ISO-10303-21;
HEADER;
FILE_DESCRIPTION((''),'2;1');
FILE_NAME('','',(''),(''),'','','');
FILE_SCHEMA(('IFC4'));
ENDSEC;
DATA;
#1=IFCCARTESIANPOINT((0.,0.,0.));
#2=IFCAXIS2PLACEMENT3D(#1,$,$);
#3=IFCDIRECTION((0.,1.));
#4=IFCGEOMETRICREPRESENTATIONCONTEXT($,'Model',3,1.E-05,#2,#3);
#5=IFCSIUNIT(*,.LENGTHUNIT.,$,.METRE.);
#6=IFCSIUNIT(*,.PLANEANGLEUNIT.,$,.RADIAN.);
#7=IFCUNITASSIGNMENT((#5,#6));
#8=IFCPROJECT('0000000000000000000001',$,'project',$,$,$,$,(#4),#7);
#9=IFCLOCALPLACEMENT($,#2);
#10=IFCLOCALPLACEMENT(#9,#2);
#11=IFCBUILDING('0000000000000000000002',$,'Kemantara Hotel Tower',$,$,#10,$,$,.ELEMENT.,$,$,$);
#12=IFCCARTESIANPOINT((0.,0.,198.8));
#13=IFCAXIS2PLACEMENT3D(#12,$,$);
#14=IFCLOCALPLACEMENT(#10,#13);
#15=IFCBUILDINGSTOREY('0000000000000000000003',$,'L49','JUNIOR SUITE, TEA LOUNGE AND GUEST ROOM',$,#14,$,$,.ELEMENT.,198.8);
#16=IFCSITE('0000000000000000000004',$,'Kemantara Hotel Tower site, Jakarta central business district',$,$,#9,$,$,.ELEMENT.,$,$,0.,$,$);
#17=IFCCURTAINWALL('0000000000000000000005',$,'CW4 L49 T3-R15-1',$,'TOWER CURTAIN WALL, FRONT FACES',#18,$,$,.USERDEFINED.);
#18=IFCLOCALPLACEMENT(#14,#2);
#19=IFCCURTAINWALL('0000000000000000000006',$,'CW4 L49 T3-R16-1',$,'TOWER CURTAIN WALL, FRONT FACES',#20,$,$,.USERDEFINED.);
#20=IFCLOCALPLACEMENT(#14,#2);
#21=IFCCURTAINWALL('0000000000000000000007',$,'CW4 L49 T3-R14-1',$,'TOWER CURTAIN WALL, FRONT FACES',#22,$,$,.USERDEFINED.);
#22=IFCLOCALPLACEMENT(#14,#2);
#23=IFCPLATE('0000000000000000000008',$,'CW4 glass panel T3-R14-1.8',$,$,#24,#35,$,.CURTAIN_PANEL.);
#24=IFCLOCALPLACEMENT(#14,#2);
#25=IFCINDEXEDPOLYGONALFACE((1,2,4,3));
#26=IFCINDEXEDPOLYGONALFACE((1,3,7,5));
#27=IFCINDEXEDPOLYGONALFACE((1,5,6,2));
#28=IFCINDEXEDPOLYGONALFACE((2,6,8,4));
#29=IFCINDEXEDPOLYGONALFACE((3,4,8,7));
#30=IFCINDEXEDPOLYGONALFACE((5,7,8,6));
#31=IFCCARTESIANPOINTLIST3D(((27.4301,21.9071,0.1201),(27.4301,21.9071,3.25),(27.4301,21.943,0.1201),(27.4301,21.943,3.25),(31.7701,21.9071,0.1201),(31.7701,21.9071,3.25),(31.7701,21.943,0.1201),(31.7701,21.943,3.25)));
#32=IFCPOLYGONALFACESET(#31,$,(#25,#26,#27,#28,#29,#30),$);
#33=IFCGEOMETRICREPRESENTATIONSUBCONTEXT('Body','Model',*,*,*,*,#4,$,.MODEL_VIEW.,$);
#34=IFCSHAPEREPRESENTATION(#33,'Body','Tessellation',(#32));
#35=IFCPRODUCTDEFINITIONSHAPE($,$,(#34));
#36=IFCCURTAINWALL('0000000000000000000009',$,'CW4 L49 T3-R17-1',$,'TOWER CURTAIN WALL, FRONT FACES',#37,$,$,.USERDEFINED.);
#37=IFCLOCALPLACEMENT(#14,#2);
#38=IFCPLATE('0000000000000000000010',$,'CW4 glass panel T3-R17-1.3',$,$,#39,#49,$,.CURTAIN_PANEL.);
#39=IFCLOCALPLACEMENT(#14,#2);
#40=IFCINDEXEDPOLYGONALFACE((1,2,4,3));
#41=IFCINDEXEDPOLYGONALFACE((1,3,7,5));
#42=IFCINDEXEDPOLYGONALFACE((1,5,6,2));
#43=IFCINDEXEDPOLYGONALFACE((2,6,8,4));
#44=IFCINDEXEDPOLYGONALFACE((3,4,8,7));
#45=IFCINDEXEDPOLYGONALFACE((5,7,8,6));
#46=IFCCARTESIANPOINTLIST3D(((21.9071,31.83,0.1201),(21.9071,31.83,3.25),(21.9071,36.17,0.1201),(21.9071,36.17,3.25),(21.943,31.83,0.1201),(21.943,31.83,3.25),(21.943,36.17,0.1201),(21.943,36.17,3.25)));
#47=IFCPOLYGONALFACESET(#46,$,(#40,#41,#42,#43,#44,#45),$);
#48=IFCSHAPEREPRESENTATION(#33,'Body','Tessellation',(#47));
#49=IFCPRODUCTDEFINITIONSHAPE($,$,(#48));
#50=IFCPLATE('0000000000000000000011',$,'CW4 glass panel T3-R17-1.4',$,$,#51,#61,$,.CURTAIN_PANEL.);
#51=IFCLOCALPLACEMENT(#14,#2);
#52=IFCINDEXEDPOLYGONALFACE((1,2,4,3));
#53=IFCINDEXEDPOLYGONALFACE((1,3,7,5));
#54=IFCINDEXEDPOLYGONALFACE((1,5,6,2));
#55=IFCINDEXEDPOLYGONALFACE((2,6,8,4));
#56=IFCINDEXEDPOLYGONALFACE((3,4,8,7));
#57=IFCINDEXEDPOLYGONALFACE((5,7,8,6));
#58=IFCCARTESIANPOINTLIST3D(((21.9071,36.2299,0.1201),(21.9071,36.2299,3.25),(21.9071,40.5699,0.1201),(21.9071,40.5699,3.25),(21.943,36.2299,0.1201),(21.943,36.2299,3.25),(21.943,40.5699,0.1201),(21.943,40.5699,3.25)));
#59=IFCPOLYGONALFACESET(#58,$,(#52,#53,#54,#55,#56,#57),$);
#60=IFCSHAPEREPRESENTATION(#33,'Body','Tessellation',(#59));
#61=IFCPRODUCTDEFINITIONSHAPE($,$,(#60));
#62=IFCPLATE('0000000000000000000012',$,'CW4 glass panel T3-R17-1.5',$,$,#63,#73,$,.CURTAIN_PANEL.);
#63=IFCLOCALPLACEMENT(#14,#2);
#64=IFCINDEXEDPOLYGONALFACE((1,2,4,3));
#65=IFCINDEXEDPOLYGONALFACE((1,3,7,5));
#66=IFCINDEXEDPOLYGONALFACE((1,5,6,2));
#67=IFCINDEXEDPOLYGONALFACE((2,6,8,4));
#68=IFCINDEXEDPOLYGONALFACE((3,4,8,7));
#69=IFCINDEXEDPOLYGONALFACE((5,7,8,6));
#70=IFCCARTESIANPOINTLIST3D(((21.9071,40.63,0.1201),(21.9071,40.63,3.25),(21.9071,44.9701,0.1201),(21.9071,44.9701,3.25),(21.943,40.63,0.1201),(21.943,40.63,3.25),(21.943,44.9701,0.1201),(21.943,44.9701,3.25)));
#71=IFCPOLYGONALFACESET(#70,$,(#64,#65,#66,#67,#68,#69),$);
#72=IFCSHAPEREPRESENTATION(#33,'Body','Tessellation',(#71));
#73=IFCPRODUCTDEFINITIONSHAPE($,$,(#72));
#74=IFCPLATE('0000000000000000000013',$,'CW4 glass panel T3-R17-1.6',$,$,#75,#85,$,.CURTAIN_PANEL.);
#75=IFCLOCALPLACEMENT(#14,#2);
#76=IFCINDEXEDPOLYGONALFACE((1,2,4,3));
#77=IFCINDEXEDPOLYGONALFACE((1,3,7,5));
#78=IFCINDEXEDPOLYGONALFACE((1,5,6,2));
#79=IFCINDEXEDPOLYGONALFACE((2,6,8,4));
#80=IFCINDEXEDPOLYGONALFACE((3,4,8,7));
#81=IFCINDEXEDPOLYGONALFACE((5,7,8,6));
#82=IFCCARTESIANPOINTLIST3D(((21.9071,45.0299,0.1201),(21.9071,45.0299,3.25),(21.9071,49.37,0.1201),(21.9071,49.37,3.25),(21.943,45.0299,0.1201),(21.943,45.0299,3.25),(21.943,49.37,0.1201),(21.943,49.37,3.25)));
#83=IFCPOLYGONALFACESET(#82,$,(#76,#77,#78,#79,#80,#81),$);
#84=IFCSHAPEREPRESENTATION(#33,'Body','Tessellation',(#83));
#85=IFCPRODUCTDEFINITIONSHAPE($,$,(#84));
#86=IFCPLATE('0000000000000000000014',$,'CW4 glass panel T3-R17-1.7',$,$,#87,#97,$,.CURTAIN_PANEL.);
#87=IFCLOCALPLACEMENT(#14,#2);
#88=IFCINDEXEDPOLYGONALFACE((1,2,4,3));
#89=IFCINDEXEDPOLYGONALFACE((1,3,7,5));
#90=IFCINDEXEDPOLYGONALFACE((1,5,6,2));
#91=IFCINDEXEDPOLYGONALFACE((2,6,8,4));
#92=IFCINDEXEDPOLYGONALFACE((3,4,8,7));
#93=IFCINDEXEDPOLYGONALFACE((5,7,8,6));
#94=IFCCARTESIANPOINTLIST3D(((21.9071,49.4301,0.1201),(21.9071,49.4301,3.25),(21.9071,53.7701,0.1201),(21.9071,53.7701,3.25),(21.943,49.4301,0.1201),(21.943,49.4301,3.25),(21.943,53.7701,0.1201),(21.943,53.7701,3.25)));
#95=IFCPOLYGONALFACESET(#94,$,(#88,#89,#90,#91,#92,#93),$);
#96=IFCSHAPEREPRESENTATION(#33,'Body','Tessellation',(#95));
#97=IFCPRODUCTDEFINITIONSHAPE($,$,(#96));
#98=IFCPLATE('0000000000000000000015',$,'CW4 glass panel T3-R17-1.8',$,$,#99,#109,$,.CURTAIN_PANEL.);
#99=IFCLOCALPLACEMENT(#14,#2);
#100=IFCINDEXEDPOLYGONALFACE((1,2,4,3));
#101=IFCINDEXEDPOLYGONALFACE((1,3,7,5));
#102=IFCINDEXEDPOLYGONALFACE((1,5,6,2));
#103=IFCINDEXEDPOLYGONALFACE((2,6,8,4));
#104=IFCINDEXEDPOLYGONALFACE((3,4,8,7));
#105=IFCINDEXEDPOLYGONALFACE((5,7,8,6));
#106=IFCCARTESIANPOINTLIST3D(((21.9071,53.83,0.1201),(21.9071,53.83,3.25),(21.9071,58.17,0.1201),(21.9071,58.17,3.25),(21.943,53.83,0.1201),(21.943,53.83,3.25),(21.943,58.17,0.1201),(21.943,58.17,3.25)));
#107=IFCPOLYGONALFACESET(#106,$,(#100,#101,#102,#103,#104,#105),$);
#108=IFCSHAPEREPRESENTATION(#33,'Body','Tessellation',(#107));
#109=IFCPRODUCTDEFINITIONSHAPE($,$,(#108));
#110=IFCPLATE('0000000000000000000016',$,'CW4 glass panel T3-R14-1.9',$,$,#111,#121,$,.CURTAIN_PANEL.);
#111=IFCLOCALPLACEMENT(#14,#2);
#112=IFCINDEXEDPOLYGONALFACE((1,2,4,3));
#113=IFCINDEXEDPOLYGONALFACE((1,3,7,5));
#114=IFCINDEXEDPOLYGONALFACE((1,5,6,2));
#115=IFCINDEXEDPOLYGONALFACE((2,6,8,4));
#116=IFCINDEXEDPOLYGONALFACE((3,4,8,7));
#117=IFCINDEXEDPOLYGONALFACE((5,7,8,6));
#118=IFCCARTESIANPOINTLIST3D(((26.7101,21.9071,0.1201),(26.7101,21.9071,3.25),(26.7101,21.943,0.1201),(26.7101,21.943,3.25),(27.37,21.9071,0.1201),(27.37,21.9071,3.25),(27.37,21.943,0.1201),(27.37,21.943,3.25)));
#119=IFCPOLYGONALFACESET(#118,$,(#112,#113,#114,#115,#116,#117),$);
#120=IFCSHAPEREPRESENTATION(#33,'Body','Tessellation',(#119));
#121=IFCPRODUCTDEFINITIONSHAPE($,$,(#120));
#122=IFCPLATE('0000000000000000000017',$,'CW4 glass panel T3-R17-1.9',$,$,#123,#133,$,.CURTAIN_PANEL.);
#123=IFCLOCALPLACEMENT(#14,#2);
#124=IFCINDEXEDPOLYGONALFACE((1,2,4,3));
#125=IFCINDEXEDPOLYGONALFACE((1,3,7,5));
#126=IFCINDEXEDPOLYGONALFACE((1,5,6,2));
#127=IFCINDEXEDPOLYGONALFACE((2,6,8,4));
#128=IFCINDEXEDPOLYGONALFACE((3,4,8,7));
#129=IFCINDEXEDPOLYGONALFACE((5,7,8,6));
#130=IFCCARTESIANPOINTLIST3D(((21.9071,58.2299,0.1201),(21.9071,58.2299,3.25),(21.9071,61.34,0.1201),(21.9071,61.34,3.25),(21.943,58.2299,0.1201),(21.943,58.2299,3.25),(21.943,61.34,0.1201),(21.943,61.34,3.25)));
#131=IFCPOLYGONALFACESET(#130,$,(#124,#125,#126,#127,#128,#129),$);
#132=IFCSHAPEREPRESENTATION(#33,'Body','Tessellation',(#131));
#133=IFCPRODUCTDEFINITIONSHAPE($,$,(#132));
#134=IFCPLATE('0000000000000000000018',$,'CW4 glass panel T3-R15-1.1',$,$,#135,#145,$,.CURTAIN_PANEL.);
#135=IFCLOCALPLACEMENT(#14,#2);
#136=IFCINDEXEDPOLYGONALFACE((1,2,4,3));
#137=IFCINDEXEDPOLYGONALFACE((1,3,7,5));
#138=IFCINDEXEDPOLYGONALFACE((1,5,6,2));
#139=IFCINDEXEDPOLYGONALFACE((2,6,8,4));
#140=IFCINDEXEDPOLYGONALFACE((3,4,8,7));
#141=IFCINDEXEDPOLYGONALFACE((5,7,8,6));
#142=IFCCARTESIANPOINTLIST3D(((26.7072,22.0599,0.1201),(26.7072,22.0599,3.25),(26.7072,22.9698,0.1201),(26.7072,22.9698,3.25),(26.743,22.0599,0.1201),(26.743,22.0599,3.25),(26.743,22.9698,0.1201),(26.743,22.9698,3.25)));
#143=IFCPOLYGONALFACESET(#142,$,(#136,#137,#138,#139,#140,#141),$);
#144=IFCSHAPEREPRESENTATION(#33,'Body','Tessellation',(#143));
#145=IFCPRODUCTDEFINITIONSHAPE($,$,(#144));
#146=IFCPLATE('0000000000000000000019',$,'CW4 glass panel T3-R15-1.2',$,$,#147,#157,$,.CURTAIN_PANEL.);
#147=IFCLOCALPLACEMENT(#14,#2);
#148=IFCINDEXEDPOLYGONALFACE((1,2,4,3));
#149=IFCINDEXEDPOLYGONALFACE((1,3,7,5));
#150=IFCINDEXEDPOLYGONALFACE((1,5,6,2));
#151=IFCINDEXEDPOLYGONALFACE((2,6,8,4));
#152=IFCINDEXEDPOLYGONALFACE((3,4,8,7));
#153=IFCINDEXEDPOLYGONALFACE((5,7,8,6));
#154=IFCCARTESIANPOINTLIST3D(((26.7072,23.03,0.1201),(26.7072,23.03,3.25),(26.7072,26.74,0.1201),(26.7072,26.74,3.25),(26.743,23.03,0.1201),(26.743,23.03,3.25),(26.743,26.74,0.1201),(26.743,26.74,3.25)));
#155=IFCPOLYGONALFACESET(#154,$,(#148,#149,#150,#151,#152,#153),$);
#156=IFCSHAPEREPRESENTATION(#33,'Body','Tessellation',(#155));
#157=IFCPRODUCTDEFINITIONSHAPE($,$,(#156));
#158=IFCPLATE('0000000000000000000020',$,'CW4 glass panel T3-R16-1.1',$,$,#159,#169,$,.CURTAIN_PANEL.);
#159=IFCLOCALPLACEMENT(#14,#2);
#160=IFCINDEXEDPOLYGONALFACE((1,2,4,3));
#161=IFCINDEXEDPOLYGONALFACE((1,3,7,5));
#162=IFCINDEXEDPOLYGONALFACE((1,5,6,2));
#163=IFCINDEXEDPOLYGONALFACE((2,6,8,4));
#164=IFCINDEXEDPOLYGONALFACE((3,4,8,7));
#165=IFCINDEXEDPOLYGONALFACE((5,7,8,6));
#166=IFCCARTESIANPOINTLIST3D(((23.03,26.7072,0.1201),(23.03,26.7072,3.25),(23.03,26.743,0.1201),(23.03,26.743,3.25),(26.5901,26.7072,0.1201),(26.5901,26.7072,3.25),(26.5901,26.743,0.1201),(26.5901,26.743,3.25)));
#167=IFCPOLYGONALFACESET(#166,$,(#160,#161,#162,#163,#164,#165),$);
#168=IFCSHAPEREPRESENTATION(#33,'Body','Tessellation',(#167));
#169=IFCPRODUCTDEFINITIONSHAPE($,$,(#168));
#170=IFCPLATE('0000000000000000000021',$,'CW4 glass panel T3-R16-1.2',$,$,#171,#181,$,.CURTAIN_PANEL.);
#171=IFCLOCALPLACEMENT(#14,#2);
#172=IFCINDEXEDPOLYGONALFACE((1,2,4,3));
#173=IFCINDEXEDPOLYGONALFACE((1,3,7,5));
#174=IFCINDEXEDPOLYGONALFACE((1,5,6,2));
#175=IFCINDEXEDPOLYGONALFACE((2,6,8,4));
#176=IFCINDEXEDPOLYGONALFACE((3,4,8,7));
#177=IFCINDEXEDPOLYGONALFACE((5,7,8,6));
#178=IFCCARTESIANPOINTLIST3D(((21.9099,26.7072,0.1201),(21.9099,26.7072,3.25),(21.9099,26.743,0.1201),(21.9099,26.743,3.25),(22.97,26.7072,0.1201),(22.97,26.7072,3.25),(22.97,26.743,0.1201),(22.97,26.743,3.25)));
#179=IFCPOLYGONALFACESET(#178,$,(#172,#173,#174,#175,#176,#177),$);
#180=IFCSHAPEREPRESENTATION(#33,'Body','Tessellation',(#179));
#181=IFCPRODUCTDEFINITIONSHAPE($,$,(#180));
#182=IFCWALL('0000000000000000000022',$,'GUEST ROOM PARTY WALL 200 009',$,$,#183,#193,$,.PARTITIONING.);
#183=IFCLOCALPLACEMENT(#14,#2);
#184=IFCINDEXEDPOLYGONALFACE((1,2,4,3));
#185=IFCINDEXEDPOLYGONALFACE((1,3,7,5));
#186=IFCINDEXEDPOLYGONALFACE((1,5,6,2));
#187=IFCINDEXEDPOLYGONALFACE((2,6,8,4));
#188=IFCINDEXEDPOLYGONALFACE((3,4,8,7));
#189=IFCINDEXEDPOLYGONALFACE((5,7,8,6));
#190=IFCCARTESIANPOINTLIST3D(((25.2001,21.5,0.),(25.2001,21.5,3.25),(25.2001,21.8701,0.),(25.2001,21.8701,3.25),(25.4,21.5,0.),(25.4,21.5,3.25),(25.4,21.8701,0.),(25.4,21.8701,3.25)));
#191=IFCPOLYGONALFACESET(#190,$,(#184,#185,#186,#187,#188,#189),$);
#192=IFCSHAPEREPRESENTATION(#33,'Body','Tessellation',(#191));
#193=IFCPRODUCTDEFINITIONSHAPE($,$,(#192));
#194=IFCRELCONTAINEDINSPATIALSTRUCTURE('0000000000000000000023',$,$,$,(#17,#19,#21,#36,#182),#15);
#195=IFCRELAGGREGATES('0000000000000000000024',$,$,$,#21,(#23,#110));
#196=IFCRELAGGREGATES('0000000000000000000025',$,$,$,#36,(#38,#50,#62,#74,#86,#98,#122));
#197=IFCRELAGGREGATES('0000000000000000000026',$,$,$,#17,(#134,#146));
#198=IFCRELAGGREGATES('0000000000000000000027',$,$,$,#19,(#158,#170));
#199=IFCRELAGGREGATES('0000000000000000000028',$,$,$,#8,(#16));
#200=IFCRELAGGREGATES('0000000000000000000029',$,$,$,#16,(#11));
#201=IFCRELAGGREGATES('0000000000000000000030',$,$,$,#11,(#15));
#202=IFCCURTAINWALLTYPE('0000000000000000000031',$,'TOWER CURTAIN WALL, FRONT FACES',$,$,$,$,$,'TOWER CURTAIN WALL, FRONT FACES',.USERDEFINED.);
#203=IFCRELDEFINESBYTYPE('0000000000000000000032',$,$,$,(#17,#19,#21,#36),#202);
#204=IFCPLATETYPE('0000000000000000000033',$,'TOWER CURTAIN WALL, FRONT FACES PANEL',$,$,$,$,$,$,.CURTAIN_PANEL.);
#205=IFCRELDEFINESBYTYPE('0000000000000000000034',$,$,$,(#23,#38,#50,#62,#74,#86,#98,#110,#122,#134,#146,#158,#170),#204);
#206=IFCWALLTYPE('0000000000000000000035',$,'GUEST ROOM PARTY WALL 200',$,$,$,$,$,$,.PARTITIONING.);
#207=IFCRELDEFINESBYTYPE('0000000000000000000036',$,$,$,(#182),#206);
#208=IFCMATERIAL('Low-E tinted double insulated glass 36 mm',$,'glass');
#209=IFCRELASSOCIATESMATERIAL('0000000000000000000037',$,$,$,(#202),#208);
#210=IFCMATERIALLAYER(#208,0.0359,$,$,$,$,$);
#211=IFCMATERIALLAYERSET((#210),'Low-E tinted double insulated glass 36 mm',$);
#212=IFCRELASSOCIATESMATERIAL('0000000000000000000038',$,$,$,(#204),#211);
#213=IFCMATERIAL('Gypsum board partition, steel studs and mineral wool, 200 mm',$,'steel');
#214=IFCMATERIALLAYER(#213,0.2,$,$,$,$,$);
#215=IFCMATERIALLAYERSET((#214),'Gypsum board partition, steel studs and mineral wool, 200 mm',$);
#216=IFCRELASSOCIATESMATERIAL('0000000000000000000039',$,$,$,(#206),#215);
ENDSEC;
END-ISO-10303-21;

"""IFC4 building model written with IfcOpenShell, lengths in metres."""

from ifc_helpers import new_model, si_unit, direction, frame, frame_2d, origin, origin_2d, place, context, subcontext, project, spatial, rectangle, extrude, source, transform, mapped, material, layer, layer_set, type_object, element, aggregate, save


model = new_model("IFC4")

# Units and contexts
model_context = context("Model", 3, precision=1e-05, world=origin(), true_north=direction((0.0, 1.0)))
body_context = subcontext(model_context, "Body", "Model", "MODEL_VIEW")
ifc_project = project(units=[si_unit("LENGTHUNIT", "METRE"), si_unit("PLANEANGLEUNIT", "RADIAN")], contexts=[model_context])

# Site, building, storey
site_placement = place(None, origin())
site = spatial("IfcSite", under=ifc_project, at=site_placement, Name="Kemantara Hotel Tower site, Jakarta central business district", CompositionType="ELEMENT", RefElevation=0.0)
building_placement = place(site_placement, origin())
building = spatial("IfcBuilding", under=site, at=building_placement, Name="Kemantara Hotel Tower", CompositionType="ELEMENT")
storey_placement = place(building_placement, frame((0.0, 0.0, 198.8)))
storey = spatial("IfcBuildingStorey", under=building, at=storey_placement, Name="L49", Description="JUNIOR SUITE, TEA LOUNGE AND GUEST ROOM", CompositionType="ELEMENT", Elevation=198.8)

# Curtain walls
ifc_material_1 = material(Name="Low-E tinted double insulated glass 36 mm", Category="glass")
curtain_wall_type = type_object("IfcCurtainWallType", Name="TOWER CURTAIN WALL, FRONT FACES", ElementType="TOWER CURTAIN WALL, FRONT FACES", PredefinedType="USERDEFINED", material=ifc_material_1)
curtain_wall_1_placement = place(storey_placement, origin())
curtain_wall_1 = element("IfcCurtainWall", 1, at=curtain_wall_1_placement, inside=storey, type_object=curtain_wall_type, Name="CW4 L49 T3-R15-1", ObjectType="TOWER CURTAIN WALL, FRONT FACES", PredefinedType="USERDEFINED")
curtain_wall_2_placement = place(storey_placement, origin())
curtain_wall_2 = element("IfcCurtainWall", 2, at=curtain_wall_2_placement, inside=storey, type_object=curtain_wall_type, Name="CW4 L49 T3-R16-1", ObjectType="TOWER CURTAIN WALL, FRONT FACES", PredefinedType="USERDEFINED")

# Curtain wall
curtain_wall_3_placement = place(storey_placement, origin())
curtain_wall_3 = element("IfcCurtainWall", 3, at=curtain_wall_3_placement, inside=storey, type_object=curtain_wall_type, Name="CW4 L49 T3-R14-1", ObjectType="TOWER CURTAIN WALL, FRONT FACES", PredefinedType="USERDEFINED")

# Plate
ifc_layer_1 = layer(ifc_material_1, 0.0359)
ifc_layer_set_1 = layer_set([ifc_layer_1], Name="Low-E tinted double insulated glass 36 mm")
plate_type = type_object("IfcPlateType", Name="TOWER CURTAIN WALL, FRONT FACES PANEL", PredefinedType="CURTAIN_PANEL", material=ifc_layer_set_1)
shared_shape_1 = source(origin(), body_context, "Body", "SweptSolid", [
    extrude(rectangle(XDim=4.3401, YDim=0.0359, at=origin_2d()), origin(), (0.0, 0.0, 1.0), 3.1299),
])
plate_1_placement = place(storey_placement, frame((29.6001, 21.925, 0.1201), z_axis=(0.0, 0.0, 1.0), x_axis=(-1.0, 0.0, 0.0)))
plate_1 = element("IfcPlate", 4, at=plate_1_placement, type_object=plate_type, Name="CW4 glass panel T3-R14-1.8", PredefinedType="CURTAIN_PANEL", context=body_context, shape_type="MappedRepresentation", body=[
    mapped(shared_shape_1, transform((0.0, 0.0, 0.0))),
])

# Curtain wall, plates
curtain_wall_4_placement = place(storey_placement, origin())
curtain_wall_4 = element("IfcCurtainWall", 5, at=curtain_wall_4_placement, inside=storey, type_object=curtain_wall_type, Name="CW4 L49 T3-R17-1", ObjectType="TOWER CURTAIN WALL, FRONT FACES", PredefinedType="USERDEFINED")
plate_2_placement = place(storey_placement, frame((21.925, 34.0, 0.1201), z_axis=(0.0, 0.0, 1.0), x_axis=(0.0, 1.0, 0.0)))
plate_2 = element("IfcPlate", 6, at=plate_2_placement, type_object=plate_type, Name="CW4 glass panel T3-R17-1.3", PredefinedType="CURTAIN_PANEL", context=body_context, shape_type="MappedRepresentation", body=[
    mapped(shared_shape_1, transform((0.0, 0.0, 0.0))),
])
plate_3_placement = place(storey_placement, frame((21.925, 38.3999, 0.1201), z_axis=(0.0, 0.0, 1.0), x_axis=(0.0, 1.0, 0.0)))
plate_3 = element("IfcPlate", 7, at=plate_3_placement, type_object=plate_type, Name="CW4 glass panel T3-R17-1.4", PredefinedType="CURTAIN_PANEL", context=body_context, shape_type="MappedRepresentation", body=[
    mapped(shared_shape_1, transform((0.0, 0.0, 0.0))),
])
plate_4_placement = place(storey_placement, frame((21.925, 42.8, 0.1201), z_axis=(0.0, 0.0, 1.0), x_axis=(0.0, 1.0, 0.0)))
plate_4 = element("IfcPlate", 8, at=plate_4_placement, type_object=plate_type, Name="CW4 glass panel T3-R17-1.5", PredefinedType="CURTAIN_PANEL", context=body_context, shape_type="MappedRepresentation", body=[
    mapped(shared_shape_1, transform((0.0, 0.0, 0.0))),
])
plate_5_placement = place(storey_placement, frame((21.925, 47.2, 0.1201), z_axis=(0.0, 0.0, 1.0), x_axis=(0.0, 1.0, 0.0)))
plate_5 = element("IfcPlate", 9, at=plate_5_placement, type_object=plate_type, Name="CW4 glass panel T3-R17-1.6", PredefinedType="CURTAIN_PANEL", context=body_context, shape_type="MappedRepresentation", body=[
    mapped(shared_shape_1, transform((0.0, 0.0, 0.0))),
])
plate_6_placement = place(storey_placement, frame((21.925, 51.6001, 0.1201), z_axis=(0.0, 0.0, 1.0), x_axis=(0.0, 1.0, 0.0)))
plate_6 = element("IfcPlate", 10, at=plate_6_placement, type_object=plate_type, Name="CW4 glass panel T3-R17-1.7", PredefinedType="CURTAIN_PANEL", context=body_context, shape_type="MappedRepresentation", body=[
    mapped(shared_shape_1, transform((0.0, 0.0, 0.0))),
])
plate_7_placement = place(storey_placement, frame((21.925, 56.0, 0.1201), z_axis=(0.0, 0.0, 1.0), x_axis=(0.0, 1.0, 0.0)))
plate_7 = element("IfcPlate", 11, at=plate_7_placement, type_object=plate_type, Name="CW4 glass panel T3-R17-1.8", PredefinedType="CURTAIN_PANEL", context=body_context, shape_type="MappedRepresentation", body=[
    mapped(shared_shape_1, transform((0.0, 0.0, 0.0))),
])

# Plates
shared_shape_2 = source(origin(), body_context, "Body", "SweptSolid", [
    extrude(rectangle(XDim=0.6599, YDim=0.0359, at=origin_2d()), origin(), (0.0, 0.0, 1.0), 3.1299),
])
plate_8_placement = place(storey_placement, frame((27.04, 21.925, 0.1201), z_axis=(0.0, 0.0, 1.0), x_axis=(-1.0, 0.0, 0.0)))
plate_8 = element("IfcPlate", 12, at=plate_8_placement, type_object=plate_type, Name="CW4 glass panel T3-R14-1.9", PredefinedType="CURTAIN_PANEL", context=body_context, shape_type="MappedRepresentation", body=[
    mapped(shared_shape_2, transform((0.0, 0.0, 0.0))),
])
aggregate(curtain_wall_3, [plate_1, plate_8])
shared_shape_3 = source(origin(), body_context, "Body", "SweptSolid", [
    extrude(rectangle(XDim=3.1101, YDim=0.0359, at=origin_2d()), origin(), (0.0, 0.0, 1.0), 3.1299),
])
plate_9_placement = place(storey_placement, frame((21.925, 59.7849, 0.1201), z_axis=(0.0, 0.0, 1.0), x_axis=(0.0, 1.0, 0.0)))
plate_9 = element("IfcPlate", 13, at=plate_9_placement, type_object=plate_type, Name="CW4 glass panel T3-R17-1.9", PredefinedType="CURTAIN_PANEL", context=body_context, shape_type="MappedRepresentation", body=[
    mapped(shared_shape_3, transform((0.0, 0.0, 0.0))),
])
aggregate(curtain_wall_4, [plate_2, plate_3, plate_4, plate_5, plate_6, plate_7, plate_9])
shared_shape_4 = source(origin(), body_context, "Body", "SweptSolid", [
    extrude(rectangle(XDim=0.9099, YDim=0.0359, at=origin_2d()), origin(), (0.0, 0.0, 1.0), 3.1299),
])
plate_10_placement = place(storey_placement, frame((26.7251, 22.5149, 0.1201), z_axis=(0.0, 0.0, 1.0), x_axis=(0.0, 1.0, 0.0)))
plate_10 = element("IfcPlate", 14, at=plate_10_placement, type_object=plate_type, Name="CW4 glass panel T3-R15-1.1", PredefinedType="CURTAIN_PANEL", context=body_context, shape_type="MappedRepresentation", body=[
    mapped(shared_shape_4, transform((0.0, 0.0, 0.0))),
])
shared_shape_5 = source(origin(), body_context, "Body", "SweptSolid", [
    extrude(rectangle(XDim=3.71, YDim=0.0359, at=origin_2d()), origin(), (0.0, 0.0, 1.0), 3.1299),
])
plate_11_placement = place(storey_placement, frame((26.7251, 24.885, 0.1201), z_axis=(0.0, 0.0, 1.0), x_axis=(0.0, 1.0, 0.0)))
plate_11 = element("IfcPlate", 15, at=plate_11_placement, type_object=plate_type, Name="CW4 glass panel T3-R15-1.2", PredefinedType="CURTAIN_PANEL", context=body_context, shape_type="MappedRepresentation", body=[
    mapped(shared_shape_5, transform((0.0, 0.0, 0.0))),
])
aggregate(curtain_wall_1, [plate_10, plate_11])
shared_shape_6 = source(origin(), body_context, "Body", "SweptSolid", [
    extrude(rectangle(XDim=3.5601, YDim=0.0359, at=origin_2d()), origin(), (0.0, 0.0, 1.0), 3.1299),
])
plate_12_placement = place(storey_placement, frame((24.8101, 26.7251, 0.1201), z_axis=(0.0, 0.0, 1.0), x_axis=(-1.0, 0.0, 0.0)))
plate_12 = element("IfcPlate", 16, at=plate_12_placement, type_object=plate_type, Name="CW4 glass panel T3-R16-1.1", PredefinedType="CURTAIN_PANEL", context=body_context, shape_type="MappedRepresentation", body=[
    mapped(shared_shape_6, transform((0.0, 0.0, 0.0))),
])
shared_shape_7 = source(origin(), body_context, "Body", "SweptSolid", [
    extrude(rectangle(XDim=1.0601, YDim=0.0359, at=origin_2d()), origin(), (0.0, 0.0, 1.0), 3.1299),
])
plate_13_placement = place(storey_placement, frame((22.4399, 26.7251, 0.1201), z_axis=(0.0, 0.0, 1.0), x_axis=(-1.0, 0.0, 0.0)))
plate_13 = element("IfcPlate", 17, at=plate_13_placement, type_object=plate_type, Name="CW4 glass panel T3-R16-1.2", PredefinedType="CURTAIN_PANEL", context=body_context, shape_type="MappedRepresentation", body=[
    mapped(shared_shape_7, transform((0.0, 0.0, 0.0))),
])
aggregate(curtain_wall_2, [plate_12, plate_13])

# Wall
ifc_material_2 = material(Name="Gypsum board partition, steel studs and mineral wool, 200 mm", Category="steel")
ifc_layer_2 = layer(ifc_material_2, 0.2)
ifc_layer_set_2 = layer_set([ifc_layer_2], Name="Gypsum board partition, steel studs and mineral wool, 200 mm")
wall_type_1 = type_object("IfcWallType", Name="GUEST ROOM PARTY WALL 200", PredefinedType="PARTITIONING", material=ifc_layer_set_2)
wall_1_placement = place(storey_placement, frame((25.3, 21.5, 0.0), z_axis=(0.0, 0.0, 1.0), x_axis=(0.0, 1.0, 0.0)))
element("IfcWall", 18, at=wall_1_placement, inside=storey, type_object=wall_type_1, Name="GUEST ROOM PARTY WALL 200 009", PredefinedType="PARTITIONING", context=body_context, shape_type="SweptSolid", body=[
    extrude(rectangle(XDim=0.3701, YDim=0.2, at=frame_2d((0.1851, 0.0))), origin(), (0.0, 0.0, 1.0), 3.25),
])

save(model, "model.ifc")
